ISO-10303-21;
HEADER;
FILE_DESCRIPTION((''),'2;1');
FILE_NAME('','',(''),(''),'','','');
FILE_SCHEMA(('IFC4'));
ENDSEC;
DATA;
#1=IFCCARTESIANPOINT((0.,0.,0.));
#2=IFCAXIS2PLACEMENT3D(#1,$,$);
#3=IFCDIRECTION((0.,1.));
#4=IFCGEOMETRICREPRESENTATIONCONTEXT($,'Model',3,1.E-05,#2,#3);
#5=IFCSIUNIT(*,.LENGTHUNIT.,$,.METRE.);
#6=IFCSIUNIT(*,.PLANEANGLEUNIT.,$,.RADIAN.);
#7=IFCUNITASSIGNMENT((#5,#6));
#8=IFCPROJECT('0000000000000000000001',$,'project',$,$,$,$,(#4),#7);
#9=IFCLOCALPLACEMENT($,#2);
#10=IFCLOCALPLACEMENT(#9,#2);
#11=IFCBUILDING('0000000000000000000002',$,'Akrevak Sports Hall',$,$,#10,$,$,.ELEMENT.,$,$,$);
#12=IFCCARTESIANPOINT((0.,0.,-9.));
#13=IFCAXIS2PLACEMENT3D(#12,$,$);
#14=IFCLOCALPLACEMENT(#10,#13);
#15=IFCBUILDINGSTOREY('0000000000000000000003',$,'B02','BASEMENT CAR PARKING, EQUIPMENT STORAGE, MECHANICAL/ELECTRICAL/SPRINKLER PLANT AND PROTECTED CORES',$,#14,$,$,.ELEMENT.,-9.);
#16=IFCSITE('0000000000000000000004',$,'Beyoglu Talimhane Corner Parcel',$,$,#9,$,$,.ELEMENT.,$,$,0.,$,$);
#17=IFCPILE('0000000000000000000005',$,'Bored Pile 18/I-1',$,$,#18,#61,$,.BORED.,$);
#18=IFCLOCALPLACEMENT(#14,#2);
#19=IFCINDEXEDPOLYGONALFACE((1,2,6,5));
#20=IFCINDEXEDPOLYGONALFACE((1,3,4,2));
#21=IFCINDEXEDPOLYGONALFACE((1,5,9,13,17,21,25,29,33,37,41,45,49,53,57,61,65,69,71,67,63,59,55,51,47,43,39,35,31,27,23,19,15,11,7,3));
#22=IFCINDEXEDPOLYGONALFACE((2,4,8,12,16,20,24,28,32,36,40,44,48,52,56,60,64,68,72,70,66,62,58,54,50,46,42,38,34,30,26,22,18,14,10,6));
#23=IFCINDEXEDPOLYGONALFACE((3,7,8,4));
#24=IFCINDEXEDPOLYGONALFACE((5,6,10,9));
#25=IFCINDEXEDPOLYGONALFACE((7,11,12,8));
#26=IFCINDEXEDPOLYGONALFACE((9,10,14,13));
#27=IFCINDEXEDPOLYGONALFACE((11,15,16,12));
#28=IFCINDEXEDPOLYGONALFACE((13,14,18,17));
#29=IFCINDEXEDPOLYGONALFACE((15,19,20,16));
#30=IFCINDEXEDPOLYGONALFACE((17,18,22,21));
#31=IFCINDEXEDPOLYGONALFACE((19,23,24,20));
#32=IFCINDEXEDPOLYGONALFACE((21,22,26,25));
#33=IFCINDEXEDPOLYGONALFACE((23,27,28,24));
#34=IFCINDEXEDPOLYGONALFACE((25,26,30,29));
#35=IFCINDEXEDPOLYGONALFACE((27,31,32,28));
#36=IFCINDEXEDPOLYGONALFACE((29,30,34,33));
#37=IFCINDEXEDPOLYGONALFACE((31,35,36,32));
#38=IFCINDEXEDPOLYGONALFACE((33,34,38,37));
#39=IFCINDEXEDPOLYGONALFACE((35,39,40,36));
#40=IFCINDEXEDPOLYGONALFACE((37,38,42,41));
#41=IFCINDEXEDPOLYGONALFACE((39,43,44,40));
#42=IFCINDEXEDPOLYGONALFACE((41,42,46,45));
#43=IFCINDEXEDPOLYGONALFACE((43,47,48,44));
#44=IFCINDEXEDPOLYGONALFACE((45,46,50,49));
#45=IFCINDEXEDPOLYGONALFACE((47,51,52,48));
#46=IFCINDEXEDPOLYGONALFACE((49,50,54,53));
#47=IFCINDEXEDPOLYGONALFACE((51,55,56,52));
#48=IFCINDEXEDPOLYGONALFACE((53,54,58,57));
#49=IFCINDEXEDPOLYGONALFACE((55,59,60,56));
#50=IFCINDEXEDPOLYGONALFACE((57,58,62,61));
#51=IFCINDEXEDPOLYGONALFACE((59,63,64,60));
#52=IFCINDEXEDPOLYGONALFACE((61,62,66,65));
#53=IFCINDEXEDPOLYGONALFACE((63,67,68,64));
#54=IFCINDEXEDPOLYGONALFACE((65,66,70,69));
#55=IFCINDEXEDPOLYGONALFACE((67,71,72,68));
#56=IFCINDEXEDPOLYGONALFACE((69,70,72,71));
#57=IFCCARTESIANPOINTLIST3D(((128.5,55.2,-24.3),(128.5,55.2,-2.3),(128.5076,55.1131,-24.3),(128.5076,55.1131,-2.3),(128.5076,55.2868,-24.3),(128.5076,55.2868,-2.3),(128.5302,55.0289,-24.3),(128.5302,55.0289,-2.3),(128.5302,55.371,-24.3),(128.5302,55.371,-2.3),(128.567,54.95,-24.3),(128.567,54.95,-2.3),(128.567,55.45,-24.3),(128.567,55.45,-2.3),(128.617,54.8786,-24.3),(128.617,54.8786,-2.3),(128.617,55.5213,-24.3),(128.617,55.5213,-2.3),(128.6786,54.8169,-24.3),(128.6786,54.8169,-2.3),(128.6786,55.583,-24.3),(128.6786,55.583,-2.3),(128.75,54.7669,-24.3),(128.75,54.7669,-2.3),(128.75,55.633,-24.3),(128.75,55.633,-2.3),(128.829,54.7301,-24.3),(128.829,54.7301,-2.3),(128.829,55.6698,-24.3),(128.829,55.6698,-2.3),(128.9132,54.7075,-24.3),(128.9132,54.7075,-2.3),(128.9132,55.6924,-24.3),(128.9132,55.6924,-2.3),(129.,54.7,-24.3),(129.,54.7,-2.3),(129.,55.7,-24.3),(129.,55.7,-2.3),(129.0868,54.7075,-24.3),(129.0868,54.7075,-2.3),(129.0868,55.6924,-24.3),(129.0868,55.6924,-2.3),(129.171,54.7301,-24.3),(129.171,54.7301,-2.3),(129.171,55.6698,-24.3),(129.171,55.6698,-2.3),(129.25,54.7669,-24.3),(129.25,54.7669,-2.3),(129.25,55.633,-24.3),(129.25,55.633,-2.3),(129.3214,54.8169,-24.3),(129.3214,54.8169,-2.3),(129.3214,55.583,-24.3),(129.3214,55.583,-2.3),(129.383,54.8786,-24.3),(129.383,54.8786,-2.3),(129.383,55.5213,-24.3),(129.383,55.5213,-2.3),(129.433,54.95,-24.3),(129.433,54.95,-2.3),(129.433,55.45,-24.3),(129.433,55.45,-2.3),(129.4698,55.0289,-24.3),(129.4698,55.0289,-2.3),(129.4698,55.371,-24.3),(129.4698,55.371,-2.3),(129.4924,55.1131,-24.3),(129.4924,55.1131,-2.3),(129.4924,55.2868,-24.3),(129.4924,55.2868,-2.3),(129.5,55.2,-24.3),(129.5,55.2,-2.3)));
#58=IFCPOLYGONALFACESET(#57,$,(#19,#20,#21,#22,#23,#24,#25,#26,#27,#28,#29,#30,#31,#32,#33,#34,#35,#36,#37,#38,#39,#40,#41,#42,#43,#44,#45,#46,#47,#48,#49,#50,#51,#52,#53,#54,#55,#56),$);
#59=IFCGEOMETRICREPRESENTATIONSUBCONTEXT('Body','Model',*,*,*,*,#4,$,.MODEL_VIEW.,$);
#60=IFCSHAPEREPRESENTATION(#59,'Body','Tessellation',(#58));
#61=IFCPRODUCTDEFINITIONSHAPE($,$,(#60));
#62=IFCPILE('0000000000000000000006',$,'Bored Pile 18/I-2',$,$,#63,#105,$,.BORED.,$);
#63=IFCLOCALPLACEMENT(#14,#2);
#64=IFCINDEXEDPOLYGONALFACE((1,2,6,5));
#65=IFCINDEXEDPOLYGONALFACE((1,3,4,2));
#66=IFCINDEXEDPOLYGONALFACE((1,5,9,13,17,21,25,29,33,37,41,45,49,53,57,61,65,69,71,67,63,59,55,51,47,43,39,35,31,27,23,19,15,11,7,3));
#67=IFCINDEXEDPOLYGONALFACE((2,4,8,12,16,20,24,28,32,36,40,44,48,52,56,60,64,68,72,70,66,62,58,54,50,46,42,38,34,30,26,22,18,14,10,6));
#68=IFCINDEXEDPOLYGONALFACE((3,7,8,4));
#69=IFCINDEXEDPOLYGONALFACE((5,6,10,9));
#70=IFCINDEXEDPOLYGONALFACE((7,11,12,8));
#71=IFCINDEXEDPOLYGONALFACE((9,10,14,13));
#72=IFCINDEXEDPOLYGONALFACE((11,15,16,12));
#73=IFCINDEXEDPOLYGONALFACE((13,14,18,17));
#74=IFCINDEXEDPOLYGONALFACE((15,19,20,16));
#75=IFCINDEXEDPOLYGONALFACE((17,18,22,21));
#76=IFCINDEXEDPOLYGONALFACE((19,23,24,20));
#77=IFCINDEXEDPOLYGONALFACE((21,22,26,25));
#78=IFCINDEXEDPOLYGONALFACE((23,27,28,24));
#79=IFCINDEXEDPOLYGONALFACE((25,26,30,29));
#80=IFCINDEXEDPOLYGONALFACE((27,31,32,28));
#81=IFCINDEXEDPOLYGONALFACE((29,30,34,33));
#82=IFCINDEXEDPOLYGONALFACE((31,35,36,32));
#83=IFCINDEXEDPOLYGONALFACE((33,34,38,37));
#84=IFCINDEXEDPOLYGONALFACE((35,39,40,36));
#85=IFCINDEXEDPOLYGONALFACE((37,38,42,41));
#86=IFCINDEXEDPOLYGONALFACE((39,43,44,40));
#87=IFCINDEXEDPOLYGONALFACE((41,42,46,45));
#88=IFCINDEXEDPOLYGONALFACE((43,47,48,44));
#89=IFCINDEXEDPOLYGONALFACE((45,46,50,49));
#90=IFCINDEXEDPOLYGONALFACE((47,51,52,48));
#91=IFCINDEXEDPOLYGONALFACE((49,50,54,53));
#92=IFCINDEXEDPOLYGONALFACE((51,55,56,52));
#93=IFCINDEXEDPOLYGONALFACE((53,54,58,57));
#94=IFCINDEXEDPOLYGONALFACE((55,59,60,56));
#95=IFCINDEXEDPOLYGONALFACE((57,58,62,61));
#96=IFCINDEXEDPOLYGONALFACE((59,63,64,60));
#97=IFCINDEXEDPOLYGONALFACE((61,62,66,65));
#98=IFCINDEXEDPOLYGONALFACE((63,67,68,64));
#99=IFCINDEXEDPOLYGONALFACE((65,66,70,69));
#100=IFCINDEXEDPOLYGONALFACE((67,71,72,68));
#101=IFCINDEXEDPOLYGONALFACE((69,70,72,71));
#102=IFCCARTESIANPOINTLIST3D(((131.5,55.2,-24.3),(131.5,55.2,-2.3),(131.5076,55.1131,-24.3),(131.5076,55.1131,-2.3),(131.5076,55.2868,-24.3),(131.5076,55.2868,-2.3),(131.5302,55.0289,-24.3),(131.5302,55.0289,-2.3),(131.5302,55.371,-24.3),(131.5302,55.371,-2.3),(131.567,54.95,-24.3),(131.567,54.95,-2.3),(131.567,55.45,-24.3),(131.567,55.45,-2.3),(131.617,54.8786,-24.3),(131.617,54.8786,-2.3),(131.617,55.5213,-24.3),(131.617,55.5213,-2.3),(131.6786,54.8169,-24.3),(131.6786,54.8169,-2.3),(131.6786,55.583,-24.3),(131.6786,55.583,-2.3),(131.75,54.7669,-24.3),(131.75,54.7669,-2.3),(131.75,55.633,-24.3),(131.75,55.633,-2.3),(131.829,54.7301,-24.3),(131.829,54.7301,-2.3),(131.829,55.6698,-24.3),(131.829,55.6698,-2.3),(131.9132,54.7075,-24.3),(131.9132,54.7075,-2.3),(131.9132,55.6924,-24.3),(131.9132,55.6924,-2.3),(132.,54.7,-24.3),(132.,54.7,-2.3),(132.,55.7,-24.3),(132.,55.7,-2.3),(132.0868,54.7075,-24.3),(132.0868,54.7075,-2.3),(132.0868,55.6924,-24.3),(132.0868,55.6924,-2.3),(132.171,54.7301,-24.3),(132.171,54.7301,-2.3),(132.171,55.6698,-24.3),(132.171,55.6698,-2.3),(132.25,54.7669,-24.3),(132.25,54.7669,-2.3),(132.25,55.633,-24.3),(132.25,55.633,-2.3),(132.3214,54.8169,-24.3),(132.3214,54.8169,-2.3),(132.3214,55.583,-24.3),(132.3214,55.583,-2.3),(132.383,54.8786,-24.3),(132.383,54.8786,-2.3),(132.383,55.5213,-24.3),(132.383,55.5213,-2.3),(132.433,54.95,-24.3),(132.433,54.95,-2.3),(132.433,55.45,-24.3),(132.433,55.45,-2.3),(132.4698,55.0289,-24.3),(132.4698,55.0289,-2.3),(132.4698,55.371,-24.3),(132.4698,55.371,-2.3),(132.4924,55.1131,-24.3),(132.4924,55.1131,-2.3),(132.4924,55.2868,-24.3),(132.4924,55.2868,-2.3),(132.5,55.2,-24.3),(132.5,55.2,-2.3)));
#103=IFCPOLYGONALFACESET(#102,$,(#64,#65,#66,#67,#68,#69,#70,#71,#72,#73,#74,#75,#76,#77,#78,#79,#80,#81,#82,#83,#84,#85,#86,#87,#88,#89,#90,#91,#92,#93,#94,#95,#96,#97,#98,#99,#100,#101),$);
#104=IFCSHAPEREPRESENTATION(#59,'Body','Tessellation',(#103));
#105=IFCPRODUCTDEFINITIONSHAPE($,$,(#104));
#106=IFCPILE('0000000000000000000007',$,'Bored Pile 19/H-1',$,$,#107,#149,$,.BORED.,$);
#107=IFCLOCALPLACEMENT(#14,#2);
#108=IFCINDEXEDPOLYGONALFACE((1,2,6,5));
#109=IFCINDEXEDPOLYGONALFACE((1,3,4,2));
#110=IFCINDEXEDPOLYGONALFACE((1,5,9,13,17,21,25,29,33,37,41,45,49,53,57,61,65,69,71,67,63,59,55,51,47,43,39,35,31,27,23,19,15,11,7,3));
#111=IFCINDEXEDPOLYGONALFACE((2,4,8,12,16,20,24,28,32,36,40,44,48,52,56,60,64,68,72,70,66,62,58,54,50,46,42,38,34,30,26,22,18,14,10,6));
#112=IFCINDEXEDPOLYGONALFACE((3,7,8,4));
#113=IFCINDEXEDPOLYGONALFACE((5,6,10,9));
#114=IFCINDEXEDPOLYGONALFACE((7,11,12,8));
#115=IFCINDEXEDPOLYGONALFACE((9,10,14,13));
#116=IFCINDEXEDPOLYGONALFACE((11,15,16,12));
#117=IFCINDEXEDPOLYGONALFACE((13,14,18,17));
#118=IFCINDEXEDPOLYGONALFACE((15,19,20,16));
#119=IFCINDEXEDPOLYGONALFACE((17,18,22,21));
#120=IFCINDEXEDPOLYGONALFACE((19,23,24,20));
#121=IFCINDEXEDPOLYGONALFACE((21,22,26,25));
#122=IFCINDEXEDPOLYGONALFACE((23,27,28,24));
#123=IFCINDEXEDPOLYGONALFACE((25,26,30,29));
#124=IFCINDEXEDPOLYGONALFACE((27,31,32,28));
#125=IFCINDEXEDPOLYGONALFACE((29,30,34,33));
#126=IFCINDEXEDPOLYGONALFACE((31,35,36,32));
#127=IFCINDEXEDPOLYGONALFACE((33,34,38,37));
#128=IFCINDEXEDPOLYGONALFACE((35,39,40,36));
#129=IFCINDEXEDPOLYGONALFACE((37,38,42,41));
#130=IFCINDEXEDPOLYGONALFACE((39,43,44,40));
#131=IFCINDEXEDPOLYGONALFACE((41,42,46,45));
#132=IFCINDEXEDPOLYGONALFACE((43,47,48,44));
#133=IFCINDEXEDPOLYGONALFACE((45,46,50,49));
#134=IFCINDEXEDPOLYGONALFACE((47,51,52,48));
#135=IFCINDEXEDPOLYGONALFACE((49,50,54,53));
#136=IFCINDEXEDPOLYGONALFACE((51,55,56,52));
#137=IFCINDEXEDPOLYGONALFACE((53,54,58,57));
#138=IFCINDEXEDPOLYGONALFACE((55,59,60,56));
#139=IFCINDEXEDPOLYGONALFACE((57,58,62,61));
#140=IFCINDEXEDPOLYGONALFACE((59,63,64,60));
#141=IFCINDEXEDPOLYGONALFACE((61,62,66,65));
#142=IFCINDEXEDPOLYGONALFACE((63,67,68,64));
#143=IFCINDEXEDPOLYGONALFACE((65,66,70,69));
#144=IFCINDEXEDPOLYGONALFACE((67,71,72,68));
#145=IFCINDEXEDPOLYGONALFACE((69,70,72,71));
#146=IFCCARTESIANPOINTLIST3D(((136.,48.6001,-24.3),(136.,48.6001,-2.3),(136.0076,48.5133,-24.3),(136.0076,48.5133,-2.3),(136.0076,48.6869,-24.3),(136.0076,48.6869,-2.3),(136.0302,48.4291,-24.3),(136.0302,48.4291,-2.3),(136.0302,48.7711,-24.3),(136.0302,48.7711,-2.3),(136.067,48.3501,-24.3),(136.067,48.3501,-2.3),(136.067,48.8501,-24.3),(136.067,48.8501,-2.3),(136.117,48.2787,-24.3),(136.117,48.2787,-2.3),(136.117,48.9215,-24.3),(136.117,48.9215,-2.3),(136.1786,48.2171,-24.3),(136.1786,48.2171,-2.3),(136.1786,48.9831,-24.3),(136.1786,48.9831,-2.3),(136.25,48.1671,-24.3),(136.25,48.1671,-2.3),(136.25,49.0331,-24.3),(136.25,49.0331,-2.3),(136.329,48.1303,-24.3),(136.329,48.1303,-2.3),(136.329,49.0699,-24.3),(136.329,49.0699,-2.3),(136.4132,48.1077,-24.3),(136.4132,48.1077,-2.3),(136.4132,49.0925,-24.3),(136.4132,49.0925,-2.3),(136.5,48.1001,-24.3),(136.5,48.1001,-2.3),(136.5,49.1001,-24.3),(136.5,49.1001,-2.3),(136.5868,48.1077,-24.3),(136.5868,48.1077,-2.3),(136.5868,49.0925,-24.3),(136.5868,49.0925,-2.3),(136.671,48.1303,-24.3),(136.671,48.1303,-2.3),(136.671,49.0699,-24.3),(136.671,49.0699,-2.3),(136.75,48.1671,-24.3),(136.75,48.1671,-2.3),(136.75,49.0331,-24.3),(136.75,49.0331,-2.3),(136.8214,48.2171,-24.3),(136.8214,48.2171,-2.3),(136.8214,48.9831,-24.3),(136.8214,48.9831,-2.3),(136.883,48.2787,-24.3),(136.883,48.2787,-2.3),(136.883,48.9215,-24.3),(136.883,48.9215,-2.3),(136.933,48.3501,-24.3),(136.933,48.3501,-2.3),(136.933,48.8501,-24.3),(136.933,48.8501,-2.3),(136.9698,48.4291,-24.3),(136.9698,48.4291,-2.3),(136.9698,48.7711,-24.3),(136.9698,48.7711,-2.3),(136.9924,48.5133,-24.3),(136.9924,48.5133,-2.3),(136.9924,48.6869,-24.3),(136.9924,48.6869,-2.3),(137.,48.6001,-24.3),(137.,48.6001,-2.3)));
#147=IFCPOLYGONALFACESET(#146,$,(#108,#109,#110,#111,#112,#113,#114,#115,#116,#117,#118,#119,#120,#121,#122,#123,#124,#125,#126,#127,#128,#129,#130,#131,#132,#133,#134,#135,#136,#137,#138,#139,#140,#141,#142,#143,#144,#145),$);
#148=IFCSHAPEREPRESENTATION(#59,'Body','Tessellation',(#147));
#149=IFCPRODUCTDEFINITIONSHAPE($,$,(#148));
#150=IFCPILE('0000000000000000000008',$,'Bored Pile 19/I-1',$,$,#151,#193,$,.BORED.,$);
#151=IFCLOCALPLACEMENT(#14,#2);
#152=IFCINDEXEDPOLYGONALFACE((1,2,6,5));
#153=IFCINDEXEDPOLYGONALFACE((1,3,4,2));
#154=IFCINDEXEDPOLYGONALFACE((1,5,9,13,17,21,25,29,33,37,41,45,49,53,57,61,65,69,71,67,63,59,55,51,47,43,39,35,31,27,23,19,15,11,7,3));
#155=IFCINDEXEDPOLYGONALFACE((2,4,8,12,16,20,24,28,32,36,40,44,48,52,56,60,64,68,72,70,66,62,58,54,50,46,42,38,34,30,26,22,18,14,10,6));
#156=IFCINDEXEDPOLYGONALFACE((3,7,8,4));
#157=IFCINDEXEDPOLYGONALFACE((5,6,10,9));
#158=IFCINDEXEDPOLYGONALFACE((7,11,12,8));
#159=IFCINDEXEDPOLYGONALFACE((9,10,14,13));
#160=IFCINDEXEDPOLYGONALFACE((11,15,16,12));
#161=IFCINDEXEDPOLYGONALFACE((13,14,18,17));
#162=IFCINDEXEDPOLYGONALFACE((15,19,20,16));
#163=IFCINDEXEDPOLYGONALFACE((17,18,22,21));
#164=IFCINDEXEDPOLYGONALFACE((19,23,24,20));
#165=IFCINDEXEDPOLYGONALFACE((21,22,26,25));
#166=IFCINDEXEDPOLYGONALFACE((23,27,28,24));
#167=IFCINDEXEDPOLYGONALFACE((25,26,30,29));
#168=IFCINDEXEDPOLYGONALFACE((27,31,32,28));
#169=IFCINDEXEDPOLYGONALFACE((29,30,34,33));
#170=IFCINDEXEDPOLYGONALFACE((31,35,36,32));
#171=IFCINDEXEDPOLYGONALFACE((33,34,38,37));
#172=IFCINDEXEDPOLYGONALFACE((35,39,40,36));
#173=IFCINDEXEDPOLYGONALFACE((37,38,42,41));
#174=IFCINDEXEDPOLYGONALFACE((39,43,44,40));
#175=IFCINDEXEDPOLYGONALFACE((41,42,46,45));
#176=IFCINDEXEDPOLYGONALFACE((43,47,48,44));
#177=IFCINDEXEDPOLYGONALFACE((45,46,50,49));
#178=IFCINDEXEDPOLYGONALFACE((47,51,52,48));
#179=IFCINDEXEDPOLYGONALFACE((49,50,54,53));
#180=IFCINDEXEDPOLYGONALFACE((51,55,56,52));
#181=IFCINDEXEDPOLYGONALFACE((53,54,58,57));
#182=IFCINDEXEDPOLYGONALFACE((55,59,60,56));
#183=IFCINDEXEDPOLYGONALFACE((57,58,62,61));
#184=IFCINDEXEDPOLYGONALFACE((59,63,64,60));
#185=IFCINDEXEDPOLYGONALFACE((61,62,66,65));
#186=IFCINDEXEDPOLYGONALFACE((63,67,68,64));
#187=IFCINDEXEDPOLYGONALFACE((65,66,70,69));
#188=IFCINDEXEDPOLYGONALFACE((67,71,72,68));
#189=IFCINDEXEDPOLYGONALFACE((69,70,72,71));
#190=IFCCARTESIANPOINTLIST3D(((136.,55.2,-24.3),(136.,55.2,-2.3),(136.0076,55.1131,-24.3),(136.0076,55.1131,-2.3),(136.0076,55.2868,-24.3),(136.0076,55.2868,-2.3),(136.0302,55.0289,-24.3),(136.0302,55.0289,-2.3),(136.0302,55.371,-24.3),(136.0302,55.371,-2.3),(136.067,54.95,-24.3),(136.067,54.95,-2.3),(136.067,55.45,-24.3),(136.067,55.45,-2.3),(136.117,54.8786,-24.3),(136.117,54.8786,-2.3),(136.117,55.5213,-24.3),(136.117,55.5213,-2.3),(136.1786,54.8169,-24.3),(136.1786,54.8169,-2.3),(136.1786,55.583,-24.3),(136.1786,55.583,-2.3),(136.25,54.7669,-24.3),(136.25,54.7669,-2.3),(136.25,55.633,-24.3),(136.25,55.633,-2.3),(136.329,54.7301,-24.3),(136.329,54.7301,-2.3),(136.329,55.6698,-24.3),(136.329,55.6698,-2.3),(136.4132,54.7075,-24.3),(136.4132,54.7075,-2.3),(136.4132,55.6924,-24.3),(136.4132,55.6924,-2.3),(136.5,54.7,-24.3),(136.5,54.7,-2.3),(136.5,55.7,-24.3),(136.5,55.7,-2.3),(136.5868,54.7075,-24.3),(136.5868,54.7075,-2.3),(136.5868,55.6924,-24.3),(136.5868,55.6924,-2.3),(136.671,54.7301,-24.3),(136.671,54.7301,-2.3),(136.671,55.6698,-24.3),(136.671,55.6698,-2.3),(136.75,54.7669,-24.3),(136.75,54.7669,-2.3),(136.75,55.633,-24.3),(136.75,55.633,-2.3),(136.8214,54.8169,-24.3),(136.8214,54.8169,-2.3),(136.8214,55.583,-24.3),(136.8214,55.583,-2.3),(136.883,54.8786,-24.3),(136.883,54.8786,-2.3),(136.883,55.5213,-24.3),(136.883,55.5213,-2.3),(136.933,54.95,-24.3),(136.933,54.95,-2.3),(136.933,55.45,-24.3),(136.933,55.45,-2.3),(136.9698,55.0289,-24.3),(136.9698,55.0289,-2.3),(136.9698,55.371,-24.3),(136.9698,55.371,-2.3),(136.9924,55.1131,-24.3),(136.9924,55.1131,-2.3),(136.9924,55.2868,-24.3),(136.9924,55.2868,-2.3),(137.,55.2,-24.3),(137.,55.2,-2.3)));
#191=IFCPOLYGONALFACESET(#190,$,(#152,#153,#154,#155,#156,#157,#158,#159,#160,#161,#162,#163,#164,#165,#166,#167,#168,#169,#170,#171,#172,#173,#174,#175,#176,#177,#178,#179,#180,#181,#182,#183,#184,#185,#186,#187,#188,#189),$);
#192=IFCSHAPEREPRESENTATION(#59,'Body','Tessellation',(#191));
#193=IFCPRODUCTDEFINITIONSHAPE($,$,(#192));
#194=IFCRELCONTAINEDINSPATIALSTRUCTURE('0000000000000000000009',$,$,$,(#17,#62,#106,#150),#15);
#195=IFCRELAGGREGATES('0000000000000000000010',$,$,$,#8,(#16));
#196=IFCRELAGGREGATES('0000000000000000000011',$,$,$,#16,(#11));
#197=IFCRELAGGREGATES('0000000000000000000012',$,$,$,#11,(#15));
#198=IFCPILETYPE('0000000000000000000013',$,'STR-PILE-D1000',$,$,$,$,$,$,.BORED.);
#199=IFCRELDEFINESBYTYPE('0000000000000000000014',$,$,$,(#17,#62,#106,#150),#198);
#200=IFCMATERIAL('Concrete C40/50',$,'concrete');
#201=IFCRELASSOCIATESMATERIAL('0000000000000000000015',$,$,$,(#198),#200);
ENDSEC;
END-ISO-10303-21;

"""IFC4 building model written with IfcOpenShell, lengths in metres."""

from ifc_helpers import new_model, si_unit, direction, frame, origin, origin_2d, place, context, subcontext, project, spatial, circle, extrude, material, material_profile, profile_set, type_object, element, save


model = new_model("IFC4")

# Units and contexts
model_context = context("Model", 3, precision=1e-05, world=origin(), true_north=direction((0.0, 1.0)))
body_context = subcontext(model_context, "Body", "Model", "MODEL_VIEW")
ifc_project = project(units=[si_unit("LENGTHUNIT", "METRE"), si_unit("PLANEANGLEUNIT", "RADIAN")], contexts=[model_context])

# Site, building, storey
site_placement = place(None, origin())
site = spatial("IfcSite", under=ifc_project, at=site_placement, Name="Beyoglu Talimhane Corner Parcel", CompositionType="ELEMENT", RefElevation=0.0)
building_placement = place(site_placement, origin())
building = spatial("IfcBuilding", under=site, at=building_placement, Name="Akrevak Sports Hall", CompositionType="ELEMENT")
storey_placement = place(building_placement, frame((0.0, 0.0, -9.0)))
storey = spatial("IfcBuildingStorey", under=building, at=storey_placement, Name="B02", Description="BASEMENT CAR PARKING, EQUIPMENT STORAGE, MECHANICAL/ELECTRICAL/SPRINKLER PLANT AND PROTECTED CORES", CompositionType="ELEMENT", Elevation=-9.0)

# Shared definitions
ifc_material_1 = material(Name="Concrete C40/50", Category="concrete")

# Piles
ifc_material_profile_1 = material_profile(ifc_material_1, circle(Radius=0.5, at=origin_2d()), Name="BORED PILE D1000", Category="concrete")
ifc_profile_set_1 = profile_set([ifc_material_profile_1], Name="Concrete C40/50")
pile_type_1 = type_object("IfcPileType", Name="STR-PILE-D1000", PredefinedType="BORED", material=ifc_profile_set_1)
for number, where, z_axis, x_axis, name in (
    (1, (129.0, 55.2, -2.3), (0.0, 0.0, -1.0), (1.0, 0.0, 0.0), "Bored Pile 18/I-1"),
    (2, (132.0, 55.2, -2.3), (0.0, 0.0, -1.0), (1.0, 0.0, 0.0), "Bored Pile 18/I-2"),
    (3, (136.5, 48.6001, -2.3), (0.0, 0.0, -1.0), (1.0, 0.0, 0.0), "Bored Pile 19/H-1"),
    (4, (136.5, 55.2, -2.3), (0.0, 0.0, -1.0), (1.0, 0.0, 0.0), "Bored Pile 19/I-1"),
):
    element("IfcPile", number, at=place(storey_placement, frame(where, z_axis=z_axis, x_axis=x_axis)), inside=storey, type_object=pile_type_1, Name=name, PredefinedType="BORED", context=body_context, shape_type="SweptSolid", body=[
        extrude(circle(Radius=0.5, at=origin_2d()), origin(), (0.0, 0.0, 1.0), 22.0),
    ])

save(model, "model.ifc")
